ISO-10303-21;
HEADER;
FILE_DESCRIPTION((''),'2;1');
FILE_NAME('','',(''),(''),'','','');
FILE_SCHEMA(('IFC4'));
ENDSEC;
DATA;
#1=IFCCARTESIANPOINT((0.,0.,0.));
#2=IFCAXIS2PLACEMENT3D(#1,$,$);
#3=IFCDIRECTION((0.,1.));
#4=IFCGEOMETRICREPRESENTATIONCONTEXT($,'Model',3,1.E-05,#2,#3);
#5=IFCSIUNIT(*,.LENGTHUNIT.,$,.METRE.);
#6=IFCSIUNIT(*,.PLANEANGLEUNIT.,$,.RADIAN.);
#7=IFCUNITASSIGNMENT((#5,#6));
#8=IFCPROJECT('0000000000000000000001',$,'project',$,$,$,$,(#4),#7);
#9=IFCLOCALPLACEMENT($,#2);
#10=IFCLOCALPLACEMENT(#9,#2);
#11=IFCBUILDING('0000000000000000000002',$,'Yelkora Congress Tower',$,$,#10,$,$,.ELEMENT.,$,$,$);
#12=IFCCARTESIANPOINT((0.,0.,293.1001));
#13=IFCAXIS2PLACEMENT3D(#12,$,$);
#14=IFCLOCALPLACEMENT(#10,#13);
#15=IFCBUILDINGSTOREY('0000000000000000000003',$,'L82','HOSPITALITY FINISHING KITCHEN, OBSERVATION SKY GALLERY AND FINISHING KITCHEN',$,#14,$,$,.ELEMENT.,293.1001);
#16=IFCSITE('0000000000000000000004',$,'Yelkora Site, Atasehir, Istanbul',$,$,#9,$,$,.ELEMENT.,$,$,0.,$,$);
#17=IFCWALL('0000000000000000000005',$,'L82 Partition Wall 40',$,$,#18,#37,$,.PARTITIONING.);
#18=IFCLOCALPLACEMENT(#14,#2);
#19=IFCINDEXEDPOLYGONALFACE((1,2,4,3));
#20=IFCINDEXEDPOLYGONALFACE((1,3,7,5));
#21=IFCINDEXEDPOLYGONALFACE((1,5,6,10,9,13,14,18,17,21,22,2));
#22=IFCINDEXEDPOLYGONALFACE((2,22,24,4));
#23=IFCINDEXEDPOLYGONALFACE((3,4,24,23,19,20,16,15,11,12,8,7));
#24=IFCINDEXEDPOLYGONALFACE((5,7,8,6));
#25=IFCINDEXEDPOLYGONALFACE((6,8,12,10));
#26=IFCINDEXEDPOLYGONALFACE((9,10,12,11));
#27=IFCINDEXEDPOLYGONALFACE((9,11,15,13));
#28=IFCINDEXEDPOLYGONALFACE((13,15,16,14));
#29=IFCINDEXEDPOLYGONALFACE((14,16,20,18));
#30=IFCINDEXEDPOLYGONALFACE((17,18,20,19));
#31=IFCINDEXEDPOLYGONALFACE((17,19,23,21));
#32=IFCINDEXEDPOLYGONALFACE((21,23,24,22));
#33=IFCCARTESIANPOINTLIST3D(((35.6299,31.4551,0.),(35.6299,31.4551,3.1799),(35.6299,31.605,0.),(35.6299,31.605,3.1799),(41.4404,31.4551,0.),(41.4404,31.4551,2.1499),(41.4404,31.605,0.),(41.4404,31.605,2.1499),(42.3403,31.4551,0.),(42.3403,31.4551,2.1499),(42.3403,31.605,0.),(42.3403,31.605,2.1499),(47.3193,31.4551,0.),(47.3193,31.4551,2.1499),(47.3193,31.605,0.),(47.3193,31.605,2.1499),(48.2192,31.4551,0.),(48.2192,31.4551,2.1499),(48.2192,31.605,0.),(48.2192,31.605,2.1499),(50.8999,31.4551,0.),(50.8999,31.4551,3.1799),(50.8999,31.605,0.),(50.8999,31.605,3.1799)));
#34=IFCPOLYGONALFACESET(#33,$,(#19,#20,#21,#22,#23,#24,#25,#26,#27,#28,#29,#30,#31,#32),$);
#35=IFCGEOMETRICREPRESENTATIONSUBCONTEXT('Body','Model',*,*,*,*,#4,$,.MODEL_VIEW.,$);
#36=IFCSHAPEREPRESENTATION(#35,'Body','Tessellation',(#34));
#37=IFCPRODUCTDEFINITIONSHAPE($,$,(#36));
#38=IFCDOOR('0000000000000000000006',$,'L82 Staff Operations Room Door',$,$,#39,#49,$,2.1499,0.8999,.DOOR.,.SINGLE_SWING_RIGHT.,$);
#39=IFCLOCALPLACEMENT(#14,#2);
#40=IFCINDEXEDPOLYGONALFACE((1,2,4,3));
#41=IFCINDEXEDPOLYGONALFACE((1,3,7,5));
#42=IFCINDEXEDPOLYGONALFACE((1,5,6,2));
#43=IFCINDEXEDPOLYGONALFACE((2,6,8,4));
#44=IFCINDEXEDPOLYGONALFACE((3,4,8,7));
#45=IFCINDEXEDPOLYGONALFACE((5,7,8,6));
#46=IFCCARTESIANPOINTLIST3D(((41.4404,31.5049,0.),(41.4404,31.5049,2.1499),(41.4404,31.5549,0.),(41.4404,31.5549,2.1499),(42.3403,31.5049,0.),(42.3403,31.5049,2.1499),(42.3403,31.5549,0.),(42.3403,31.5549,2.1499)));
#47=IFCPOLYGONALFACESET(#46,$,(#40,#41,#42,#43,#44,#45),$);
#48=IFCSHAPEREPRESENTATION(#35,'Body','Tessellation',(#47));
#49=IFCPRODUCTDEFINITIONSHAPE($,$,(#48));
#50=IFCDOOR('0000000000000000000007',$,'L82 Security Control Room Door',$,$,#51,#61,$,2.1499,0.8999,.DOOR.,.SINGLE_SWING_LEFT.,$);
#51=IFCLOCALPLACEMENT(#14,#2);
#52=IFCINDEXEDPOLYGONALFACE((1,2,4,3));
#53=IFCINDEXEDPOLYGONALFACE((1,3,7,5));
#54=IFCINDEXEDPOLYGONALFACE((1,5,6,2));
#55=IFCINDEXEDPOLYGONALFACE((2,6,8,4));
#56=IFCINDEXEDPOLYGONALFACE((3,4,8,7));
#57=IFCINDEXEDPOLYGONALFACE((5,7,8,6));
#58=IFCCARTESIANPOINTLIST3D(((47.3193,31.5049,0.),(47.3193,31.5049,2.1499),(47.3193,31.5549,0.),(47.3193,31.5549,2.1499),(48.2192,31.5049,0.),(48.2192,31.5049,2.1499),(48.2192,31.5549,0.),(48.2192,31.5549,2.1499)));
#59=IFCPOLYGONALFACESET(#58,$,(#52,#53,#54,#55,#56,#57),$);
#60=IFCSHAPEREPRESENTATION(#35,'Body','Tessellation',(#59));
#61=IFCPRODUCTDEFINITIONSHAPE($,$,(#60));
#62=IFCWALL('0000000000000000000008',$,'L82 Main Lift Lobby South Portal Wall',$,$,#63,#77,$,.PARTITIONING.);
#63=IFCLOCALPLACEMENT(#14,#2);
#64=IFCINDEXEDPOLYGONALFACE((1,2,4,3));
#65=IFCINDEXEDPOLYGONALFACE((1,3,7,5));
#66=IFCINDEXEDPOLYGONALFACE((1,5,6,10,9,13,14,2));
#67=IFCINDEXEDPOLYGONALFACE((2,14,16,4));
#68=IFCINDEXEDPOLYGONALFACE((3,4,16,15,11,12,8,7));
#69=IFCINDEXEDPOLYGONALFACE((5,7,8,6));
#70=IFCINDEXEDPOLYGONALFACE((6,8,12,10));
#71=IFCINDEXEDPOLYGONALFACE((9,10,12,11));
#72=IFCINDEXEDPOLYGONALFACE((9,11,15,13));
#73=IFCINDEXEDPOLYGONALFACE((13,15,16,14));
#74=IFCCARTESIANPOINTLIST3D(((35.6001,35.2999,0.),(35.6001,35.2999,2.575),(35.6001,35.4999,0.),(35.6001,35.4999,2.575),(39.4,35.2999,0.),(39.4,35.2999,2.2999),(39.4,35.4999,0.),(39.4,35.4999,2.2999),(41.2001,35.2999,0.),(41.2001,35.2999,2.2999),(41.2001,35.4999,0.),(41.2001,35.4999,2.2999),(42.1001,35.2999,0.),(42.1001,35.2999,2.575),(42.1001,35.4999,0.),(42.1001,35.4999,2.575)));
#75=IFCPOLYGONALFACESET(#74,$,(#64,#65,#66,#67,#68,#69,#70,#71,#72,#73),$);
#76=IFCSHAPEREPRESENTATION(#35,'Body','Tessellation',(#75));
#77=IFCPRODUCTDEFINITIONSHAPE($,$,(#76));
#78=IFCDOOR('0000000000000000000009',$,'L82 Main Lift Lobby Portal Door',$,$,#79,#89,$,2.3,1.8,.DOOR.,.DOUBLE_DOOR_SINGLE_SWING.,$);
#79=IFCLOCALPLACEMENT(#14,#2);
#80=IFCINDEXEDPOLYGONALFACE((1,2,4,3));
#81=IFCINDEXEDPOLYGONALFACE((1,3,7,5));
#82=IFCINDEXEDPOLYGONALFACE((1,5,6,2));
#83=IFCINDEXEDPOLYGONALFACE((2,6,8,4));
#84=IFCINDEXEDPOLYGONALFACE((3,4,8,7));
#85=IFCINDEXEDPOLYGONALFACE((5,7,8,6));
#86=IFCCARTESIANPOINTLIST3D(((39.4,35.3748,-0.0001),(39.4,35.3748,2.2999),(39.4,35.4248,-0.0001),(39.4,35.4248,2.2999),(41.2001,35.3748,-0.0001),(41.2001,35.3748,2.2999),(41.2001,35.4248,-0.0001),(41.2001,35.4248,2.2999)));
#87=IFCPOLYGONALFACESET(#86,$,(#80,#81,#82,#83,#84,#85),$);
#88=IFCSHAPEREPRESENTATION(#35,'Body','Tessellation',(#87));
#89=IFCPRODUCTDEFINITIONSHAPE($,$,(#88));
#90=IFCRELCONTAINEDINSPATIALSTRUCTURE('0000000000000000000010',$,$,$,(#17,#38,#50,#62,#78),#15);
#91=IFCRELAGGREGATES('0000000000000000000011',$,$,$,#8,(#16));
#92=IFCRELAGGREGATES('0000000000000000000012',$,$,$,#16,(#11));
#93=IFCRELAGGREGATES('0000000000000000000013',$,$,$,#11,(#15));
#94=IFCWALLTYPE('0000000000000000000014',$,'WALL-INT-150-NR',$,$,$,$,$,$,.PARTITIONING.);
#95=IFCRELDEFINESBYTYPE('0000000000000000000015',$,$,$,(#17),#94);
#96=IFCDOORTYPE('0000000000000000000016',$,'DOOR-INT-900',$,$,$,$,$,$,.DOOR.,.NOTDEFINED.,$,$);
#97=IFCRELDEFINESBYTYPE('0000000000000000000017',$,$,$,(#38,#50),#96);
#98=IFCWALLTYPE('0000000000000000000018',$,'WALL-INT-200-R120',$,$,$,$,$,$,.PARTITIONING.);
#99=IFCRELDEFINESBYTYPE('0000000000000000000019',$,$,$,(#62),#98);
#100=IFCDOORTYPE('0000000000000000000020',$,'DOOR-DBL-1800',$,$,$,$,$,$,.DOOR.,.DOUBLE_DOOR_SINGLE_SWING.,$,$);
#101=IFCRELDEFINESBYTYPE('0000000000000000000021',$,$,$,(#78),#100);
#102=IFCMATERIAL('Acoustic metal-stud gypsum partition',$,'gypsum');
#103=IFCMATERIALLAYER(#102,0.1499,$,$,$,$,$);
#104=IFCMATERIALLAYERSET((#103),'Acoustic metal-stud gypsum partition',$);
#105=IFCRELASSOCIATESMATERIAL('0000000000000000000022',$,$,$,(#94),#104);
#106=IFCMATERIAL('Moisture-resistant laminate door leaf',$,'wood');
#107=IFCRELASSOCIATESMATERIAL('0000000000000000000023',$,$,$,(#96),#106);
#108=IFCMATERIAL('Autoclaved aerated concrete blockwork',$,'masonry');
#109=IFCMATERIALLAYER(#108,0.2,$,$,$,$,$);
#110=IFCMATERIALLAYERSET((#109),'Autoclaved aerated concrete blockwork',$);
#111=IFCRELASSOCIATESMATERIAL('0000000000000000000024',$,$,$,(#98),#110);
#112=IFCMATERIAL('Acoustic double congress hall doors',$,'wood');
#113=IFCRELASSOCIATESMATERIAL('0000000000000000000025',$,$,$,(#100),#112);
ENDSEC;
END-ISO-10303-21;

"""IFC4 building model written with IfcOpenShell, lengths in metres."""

from ifc_helpers import new_model, si_unit, direction, frame, frame_2d, origin, place, context, subcontext, project, spatial, rectangle, extrude, material, layer, layer_set, type_object, element, fill, save


model = new_model("IFC4")

# Units and contexts
model_context = context("Model", 3, precision=1e-05, world=origin(), true_north=direction((0.0, 1.0)))
body_context = subcontext(model_context, "Body", "Model", "MODEL_VIEW")
ifc_project = project(units=[si_unit("LENGTHUNIT", "METRE"), si_unit("PLANEANGLEUNIT", "RADIAN")], contexts=[model_context])

# Site, building, storey
site_placement = place(None, origin())
site = spatial("IfcSite", under=ifc_project, at=site_placement, Name="Yelkora Site, Atasehir, Istanbul", CompositionType="ELEMENT", RefElevation=0.0)
building_placement = place(site_placement, origin())
building = spatial("IfcBuilding", under=site, at=building_placement, Name="Yelkora Congress Tower", CompositionType="ELEMENT")
storey_placement = place(building_placement, frame((0.0, 0.0, 293.1001)))
storey = spatial("IfcBuildingStorey", under=building, at=storey_placement, Name="L82", Description="HOSPITALITY FINISHING KITCHEN, OBSERVATION SKY GALLERY AND FINISHING KITCHEN", CompositionType="ELEMENT", Elevation=293.1001)

# Shared definitions
ifc_material_1 = material(Name="Acoustic metal-stud gypsum partition", Category="gypsum")
ifc_layer_1 = layer(ifc_material_1, 0.1499)
ifc_layer_set_1 = layer_set([ifc_layer_1], Name="Acoustic metal-stud gypsum partition")
wall_type_1 = type_object("IfcWallType", Name="WALL-INT-150-NR", PredefinedType="PARTITIONING", material=ifc_layer_set_1)

# Wall, openings, doors
wall_1_placement = place(storey_placement, frame((35.6299, 31.53, 0.0), z_axis=(0.0, 0.0, 1.0), x_axis=(1.0, 0.0, 0.0)))
wall_1 = element("IfcWall", 1, at=wall_1_placement, inside=storey, type_object=wall_type_1, Name="L82 Partition Wall 40", PredefinedType="PARTITIONING", context=body_context, shape_type="SweptSolid", body=[
    extrude(rectangle(XDim=15.27, YDim=0.1499, at=frame_2d((7.635, 0.0))), origin(), (0.0, 0.0, 1.0), 3.1799),
])
opening_1_placement = place(wall_1_placement, frame((5.8105, 0.0, 0.0)))
opening_1 = element("IfcOpeningElement", 2, at=opening_1_placement, cuts=wall_1, PredefinedType="OPENING", context=body_context, shape_type="SweptSolid", body=[
    extrude(rectangle(XDim=0.8999, YDim=2.1499, at=frame_2d((0.45, 1.075))), frame((0.0, 0.085, 0.0), z_axis=(0.0, -1.0, 0.0), x_axis=(1.0, 0.0, 0.0)), (0.0, 0.0, 1.0), 0.1699),
])
opening_2_placement = place(wall_1_placement, frame((11.6895, 0.0, 0.0)))
opening_2 = element("IfcOpeningElement", 3, at=opening_2_placement, cuts=wall_1, PredefinedType="OPENING", context=body_context, shape_type="SweptSolid", body=[
    extrude(rectangle(XDim=0.8999, YDim=2.1499, at=frame_2d((0.45, 1.075))), frame((0.0, 0.085, 0.0), z_axis=(0.0, -1.0, 0.0), x_axis=(1.0, 0.0, 0.0)), (0.0, 0.0, 1.0), 0.1699),
])
ifc_material_2 = material(Name="Moisture-resistant laminate door leaf", Category="wood")
door_type_1 = type_object("IfcDoorType", Name="DOOR-INT-900", OperationType="NOTDEFINED", PredefinedType="DOOR", material=ifc_material_2)
door_1_placement = place(opening_1_placement, origin())
door_1 = element("IfcDoor", 4, at=door_1_placement, inside=storey, type_object=door_type_1, Name="L82 Staff Operations Room Door", OperationType="SINGLE_SWING_RIGHT", OverallHeight=2.1499, OverallWidth=0.8999, PredefinedType="DOOR", context=body_context, shape_type="SweptSolid", body=[
    extrude(rectangle(XDim=0.8999, YDim=2.1499, at=frame_2d((0.45, 1.075))), frame((0.0, 0.0249, 0.0), z_axis=(0.0, -1.0, 0.0), x_axis=(1.0, 0.0, 0.0)), (0.0, 0.0, 1.0), 0.05),
])
fill(opening_1, door_1)
door_2_placement = place(opening_2_placement, origin())
door_2 = element("IfcDoor", 5, at=door_2_placement, inside=storey, type_object=door_type_1, Name="L82 Security Control Room Door", OperationType="SINGLE_SWING_LEFT", OverallHeight=2.1499, OverallWidth=0.8999, PredefinedType="DOOR", context=body_context, shape_type="SweptSolid", body=[
    extrude(rectangle(XDim=0.8999, YDim=2.1499, at=frame_2d((0.45, 1.075))), frame((0.0, 0.0249, 0.0), z_axis=(0.0, -1.0, 0.0), x_axis=(1.0, 0.0, 0.0)), (0.0, 0.0, 1.0), 0.05),
])
fill(opening_2, door_2)

# Wall, opening, door
ifc_material_3 = material(Name="Autoclaved aerated concrete blockwork", Category="masonry")
ifc_layer_2 = layer(ifc_material_3, 0.2)
ifc_layer_set_2 = layer_set([ifc_layer_2], Name="Autoclaved aerated concrete blockwork")
wall_type_2 = type_object("IfcWallType", Name="WALL-INT-200-R120", PredefinedType="PARTITIONING", material=ifc_layer_set_2)
wall_2_placement = place(storey_placement, frame((35.6001, 35.3999, 0.0), z_axis=(0.0, 0.0, 1.0), x_axis=(1.0, 0.0, 0.0)))
wall_2 = element("IfcWall", 6, at=wall_2_placement, inside=storey, type_object=wall_type_2, Name="L82 Main Lift Lobby South Portal Wall", PredefinedType="PARTITIONING", context=body_context, shape_type="SweptSolid", body=[
    extrude(rectangle(XDim=6.5, YDim=0.2, at=frame_2d((3.25, 0.0))), origin(), (0.0, 0.0, 1.0), 2.575),
])
opening_3_placement = place(wall_2_placement, frame((3.8, 0.0, 0.0)))
opening_3 = element("IfcOpeningElement", 7, at=opening_3_placement, cuts=wall_2, PredefinedType="OPENING", context=body_context, shape_type="SweptSolid", body=[
    extrude(rectangle(XDim=1.8, YDim=2.3, at=frame_2d((0.8999, 1.1499))), frame((0.0, 0.1099, 0.0), z_axis=(0.0, -1.0, 0.0), x_axis=(1.0, 0.0, 0.0)), (0.0, 0.0, 1.0), 0.22),
])
ifc_material_4 = material(Name="Acoustic double congress hall doors", Category="wood")
door_type_2 = type_object("IfcDoorType", Name="DOOR-DBL-1800", OperationType="DOUBLE_DOOR_SINGLE_SWING", PredefinedType="DOOR", material=ifc_material_4)
door_3_placement = place(opening_3_placement, origin())
door_3 = element("IfcDoor", 8, at=door_3_placement, inside=storey, type_object=door_type_2, Name="L82 Main Lift Lobby Portal Door", OperationType="DOUBLE_DOOR_SINGLE_SWING", OverallHeight=2.3, OverallWidth=1.8, PredefinedType="DOOR", context=body_context, shape_type="SweptSolid", body=[
    extrude(rectangle(XDim=1.8, YDim=2.3, at=frame_2d((0.8999, 1.1499))), frame((0.0, 0.0249, 0.0), z_axis=(0.0, -1.0, 0.0), x_axis=(1.0, 0.0, 0.0)), (0.0, 0.0, 1.0), 0.05),
])
fill(opening_3, door_3)

save(model, "model.ifc")
